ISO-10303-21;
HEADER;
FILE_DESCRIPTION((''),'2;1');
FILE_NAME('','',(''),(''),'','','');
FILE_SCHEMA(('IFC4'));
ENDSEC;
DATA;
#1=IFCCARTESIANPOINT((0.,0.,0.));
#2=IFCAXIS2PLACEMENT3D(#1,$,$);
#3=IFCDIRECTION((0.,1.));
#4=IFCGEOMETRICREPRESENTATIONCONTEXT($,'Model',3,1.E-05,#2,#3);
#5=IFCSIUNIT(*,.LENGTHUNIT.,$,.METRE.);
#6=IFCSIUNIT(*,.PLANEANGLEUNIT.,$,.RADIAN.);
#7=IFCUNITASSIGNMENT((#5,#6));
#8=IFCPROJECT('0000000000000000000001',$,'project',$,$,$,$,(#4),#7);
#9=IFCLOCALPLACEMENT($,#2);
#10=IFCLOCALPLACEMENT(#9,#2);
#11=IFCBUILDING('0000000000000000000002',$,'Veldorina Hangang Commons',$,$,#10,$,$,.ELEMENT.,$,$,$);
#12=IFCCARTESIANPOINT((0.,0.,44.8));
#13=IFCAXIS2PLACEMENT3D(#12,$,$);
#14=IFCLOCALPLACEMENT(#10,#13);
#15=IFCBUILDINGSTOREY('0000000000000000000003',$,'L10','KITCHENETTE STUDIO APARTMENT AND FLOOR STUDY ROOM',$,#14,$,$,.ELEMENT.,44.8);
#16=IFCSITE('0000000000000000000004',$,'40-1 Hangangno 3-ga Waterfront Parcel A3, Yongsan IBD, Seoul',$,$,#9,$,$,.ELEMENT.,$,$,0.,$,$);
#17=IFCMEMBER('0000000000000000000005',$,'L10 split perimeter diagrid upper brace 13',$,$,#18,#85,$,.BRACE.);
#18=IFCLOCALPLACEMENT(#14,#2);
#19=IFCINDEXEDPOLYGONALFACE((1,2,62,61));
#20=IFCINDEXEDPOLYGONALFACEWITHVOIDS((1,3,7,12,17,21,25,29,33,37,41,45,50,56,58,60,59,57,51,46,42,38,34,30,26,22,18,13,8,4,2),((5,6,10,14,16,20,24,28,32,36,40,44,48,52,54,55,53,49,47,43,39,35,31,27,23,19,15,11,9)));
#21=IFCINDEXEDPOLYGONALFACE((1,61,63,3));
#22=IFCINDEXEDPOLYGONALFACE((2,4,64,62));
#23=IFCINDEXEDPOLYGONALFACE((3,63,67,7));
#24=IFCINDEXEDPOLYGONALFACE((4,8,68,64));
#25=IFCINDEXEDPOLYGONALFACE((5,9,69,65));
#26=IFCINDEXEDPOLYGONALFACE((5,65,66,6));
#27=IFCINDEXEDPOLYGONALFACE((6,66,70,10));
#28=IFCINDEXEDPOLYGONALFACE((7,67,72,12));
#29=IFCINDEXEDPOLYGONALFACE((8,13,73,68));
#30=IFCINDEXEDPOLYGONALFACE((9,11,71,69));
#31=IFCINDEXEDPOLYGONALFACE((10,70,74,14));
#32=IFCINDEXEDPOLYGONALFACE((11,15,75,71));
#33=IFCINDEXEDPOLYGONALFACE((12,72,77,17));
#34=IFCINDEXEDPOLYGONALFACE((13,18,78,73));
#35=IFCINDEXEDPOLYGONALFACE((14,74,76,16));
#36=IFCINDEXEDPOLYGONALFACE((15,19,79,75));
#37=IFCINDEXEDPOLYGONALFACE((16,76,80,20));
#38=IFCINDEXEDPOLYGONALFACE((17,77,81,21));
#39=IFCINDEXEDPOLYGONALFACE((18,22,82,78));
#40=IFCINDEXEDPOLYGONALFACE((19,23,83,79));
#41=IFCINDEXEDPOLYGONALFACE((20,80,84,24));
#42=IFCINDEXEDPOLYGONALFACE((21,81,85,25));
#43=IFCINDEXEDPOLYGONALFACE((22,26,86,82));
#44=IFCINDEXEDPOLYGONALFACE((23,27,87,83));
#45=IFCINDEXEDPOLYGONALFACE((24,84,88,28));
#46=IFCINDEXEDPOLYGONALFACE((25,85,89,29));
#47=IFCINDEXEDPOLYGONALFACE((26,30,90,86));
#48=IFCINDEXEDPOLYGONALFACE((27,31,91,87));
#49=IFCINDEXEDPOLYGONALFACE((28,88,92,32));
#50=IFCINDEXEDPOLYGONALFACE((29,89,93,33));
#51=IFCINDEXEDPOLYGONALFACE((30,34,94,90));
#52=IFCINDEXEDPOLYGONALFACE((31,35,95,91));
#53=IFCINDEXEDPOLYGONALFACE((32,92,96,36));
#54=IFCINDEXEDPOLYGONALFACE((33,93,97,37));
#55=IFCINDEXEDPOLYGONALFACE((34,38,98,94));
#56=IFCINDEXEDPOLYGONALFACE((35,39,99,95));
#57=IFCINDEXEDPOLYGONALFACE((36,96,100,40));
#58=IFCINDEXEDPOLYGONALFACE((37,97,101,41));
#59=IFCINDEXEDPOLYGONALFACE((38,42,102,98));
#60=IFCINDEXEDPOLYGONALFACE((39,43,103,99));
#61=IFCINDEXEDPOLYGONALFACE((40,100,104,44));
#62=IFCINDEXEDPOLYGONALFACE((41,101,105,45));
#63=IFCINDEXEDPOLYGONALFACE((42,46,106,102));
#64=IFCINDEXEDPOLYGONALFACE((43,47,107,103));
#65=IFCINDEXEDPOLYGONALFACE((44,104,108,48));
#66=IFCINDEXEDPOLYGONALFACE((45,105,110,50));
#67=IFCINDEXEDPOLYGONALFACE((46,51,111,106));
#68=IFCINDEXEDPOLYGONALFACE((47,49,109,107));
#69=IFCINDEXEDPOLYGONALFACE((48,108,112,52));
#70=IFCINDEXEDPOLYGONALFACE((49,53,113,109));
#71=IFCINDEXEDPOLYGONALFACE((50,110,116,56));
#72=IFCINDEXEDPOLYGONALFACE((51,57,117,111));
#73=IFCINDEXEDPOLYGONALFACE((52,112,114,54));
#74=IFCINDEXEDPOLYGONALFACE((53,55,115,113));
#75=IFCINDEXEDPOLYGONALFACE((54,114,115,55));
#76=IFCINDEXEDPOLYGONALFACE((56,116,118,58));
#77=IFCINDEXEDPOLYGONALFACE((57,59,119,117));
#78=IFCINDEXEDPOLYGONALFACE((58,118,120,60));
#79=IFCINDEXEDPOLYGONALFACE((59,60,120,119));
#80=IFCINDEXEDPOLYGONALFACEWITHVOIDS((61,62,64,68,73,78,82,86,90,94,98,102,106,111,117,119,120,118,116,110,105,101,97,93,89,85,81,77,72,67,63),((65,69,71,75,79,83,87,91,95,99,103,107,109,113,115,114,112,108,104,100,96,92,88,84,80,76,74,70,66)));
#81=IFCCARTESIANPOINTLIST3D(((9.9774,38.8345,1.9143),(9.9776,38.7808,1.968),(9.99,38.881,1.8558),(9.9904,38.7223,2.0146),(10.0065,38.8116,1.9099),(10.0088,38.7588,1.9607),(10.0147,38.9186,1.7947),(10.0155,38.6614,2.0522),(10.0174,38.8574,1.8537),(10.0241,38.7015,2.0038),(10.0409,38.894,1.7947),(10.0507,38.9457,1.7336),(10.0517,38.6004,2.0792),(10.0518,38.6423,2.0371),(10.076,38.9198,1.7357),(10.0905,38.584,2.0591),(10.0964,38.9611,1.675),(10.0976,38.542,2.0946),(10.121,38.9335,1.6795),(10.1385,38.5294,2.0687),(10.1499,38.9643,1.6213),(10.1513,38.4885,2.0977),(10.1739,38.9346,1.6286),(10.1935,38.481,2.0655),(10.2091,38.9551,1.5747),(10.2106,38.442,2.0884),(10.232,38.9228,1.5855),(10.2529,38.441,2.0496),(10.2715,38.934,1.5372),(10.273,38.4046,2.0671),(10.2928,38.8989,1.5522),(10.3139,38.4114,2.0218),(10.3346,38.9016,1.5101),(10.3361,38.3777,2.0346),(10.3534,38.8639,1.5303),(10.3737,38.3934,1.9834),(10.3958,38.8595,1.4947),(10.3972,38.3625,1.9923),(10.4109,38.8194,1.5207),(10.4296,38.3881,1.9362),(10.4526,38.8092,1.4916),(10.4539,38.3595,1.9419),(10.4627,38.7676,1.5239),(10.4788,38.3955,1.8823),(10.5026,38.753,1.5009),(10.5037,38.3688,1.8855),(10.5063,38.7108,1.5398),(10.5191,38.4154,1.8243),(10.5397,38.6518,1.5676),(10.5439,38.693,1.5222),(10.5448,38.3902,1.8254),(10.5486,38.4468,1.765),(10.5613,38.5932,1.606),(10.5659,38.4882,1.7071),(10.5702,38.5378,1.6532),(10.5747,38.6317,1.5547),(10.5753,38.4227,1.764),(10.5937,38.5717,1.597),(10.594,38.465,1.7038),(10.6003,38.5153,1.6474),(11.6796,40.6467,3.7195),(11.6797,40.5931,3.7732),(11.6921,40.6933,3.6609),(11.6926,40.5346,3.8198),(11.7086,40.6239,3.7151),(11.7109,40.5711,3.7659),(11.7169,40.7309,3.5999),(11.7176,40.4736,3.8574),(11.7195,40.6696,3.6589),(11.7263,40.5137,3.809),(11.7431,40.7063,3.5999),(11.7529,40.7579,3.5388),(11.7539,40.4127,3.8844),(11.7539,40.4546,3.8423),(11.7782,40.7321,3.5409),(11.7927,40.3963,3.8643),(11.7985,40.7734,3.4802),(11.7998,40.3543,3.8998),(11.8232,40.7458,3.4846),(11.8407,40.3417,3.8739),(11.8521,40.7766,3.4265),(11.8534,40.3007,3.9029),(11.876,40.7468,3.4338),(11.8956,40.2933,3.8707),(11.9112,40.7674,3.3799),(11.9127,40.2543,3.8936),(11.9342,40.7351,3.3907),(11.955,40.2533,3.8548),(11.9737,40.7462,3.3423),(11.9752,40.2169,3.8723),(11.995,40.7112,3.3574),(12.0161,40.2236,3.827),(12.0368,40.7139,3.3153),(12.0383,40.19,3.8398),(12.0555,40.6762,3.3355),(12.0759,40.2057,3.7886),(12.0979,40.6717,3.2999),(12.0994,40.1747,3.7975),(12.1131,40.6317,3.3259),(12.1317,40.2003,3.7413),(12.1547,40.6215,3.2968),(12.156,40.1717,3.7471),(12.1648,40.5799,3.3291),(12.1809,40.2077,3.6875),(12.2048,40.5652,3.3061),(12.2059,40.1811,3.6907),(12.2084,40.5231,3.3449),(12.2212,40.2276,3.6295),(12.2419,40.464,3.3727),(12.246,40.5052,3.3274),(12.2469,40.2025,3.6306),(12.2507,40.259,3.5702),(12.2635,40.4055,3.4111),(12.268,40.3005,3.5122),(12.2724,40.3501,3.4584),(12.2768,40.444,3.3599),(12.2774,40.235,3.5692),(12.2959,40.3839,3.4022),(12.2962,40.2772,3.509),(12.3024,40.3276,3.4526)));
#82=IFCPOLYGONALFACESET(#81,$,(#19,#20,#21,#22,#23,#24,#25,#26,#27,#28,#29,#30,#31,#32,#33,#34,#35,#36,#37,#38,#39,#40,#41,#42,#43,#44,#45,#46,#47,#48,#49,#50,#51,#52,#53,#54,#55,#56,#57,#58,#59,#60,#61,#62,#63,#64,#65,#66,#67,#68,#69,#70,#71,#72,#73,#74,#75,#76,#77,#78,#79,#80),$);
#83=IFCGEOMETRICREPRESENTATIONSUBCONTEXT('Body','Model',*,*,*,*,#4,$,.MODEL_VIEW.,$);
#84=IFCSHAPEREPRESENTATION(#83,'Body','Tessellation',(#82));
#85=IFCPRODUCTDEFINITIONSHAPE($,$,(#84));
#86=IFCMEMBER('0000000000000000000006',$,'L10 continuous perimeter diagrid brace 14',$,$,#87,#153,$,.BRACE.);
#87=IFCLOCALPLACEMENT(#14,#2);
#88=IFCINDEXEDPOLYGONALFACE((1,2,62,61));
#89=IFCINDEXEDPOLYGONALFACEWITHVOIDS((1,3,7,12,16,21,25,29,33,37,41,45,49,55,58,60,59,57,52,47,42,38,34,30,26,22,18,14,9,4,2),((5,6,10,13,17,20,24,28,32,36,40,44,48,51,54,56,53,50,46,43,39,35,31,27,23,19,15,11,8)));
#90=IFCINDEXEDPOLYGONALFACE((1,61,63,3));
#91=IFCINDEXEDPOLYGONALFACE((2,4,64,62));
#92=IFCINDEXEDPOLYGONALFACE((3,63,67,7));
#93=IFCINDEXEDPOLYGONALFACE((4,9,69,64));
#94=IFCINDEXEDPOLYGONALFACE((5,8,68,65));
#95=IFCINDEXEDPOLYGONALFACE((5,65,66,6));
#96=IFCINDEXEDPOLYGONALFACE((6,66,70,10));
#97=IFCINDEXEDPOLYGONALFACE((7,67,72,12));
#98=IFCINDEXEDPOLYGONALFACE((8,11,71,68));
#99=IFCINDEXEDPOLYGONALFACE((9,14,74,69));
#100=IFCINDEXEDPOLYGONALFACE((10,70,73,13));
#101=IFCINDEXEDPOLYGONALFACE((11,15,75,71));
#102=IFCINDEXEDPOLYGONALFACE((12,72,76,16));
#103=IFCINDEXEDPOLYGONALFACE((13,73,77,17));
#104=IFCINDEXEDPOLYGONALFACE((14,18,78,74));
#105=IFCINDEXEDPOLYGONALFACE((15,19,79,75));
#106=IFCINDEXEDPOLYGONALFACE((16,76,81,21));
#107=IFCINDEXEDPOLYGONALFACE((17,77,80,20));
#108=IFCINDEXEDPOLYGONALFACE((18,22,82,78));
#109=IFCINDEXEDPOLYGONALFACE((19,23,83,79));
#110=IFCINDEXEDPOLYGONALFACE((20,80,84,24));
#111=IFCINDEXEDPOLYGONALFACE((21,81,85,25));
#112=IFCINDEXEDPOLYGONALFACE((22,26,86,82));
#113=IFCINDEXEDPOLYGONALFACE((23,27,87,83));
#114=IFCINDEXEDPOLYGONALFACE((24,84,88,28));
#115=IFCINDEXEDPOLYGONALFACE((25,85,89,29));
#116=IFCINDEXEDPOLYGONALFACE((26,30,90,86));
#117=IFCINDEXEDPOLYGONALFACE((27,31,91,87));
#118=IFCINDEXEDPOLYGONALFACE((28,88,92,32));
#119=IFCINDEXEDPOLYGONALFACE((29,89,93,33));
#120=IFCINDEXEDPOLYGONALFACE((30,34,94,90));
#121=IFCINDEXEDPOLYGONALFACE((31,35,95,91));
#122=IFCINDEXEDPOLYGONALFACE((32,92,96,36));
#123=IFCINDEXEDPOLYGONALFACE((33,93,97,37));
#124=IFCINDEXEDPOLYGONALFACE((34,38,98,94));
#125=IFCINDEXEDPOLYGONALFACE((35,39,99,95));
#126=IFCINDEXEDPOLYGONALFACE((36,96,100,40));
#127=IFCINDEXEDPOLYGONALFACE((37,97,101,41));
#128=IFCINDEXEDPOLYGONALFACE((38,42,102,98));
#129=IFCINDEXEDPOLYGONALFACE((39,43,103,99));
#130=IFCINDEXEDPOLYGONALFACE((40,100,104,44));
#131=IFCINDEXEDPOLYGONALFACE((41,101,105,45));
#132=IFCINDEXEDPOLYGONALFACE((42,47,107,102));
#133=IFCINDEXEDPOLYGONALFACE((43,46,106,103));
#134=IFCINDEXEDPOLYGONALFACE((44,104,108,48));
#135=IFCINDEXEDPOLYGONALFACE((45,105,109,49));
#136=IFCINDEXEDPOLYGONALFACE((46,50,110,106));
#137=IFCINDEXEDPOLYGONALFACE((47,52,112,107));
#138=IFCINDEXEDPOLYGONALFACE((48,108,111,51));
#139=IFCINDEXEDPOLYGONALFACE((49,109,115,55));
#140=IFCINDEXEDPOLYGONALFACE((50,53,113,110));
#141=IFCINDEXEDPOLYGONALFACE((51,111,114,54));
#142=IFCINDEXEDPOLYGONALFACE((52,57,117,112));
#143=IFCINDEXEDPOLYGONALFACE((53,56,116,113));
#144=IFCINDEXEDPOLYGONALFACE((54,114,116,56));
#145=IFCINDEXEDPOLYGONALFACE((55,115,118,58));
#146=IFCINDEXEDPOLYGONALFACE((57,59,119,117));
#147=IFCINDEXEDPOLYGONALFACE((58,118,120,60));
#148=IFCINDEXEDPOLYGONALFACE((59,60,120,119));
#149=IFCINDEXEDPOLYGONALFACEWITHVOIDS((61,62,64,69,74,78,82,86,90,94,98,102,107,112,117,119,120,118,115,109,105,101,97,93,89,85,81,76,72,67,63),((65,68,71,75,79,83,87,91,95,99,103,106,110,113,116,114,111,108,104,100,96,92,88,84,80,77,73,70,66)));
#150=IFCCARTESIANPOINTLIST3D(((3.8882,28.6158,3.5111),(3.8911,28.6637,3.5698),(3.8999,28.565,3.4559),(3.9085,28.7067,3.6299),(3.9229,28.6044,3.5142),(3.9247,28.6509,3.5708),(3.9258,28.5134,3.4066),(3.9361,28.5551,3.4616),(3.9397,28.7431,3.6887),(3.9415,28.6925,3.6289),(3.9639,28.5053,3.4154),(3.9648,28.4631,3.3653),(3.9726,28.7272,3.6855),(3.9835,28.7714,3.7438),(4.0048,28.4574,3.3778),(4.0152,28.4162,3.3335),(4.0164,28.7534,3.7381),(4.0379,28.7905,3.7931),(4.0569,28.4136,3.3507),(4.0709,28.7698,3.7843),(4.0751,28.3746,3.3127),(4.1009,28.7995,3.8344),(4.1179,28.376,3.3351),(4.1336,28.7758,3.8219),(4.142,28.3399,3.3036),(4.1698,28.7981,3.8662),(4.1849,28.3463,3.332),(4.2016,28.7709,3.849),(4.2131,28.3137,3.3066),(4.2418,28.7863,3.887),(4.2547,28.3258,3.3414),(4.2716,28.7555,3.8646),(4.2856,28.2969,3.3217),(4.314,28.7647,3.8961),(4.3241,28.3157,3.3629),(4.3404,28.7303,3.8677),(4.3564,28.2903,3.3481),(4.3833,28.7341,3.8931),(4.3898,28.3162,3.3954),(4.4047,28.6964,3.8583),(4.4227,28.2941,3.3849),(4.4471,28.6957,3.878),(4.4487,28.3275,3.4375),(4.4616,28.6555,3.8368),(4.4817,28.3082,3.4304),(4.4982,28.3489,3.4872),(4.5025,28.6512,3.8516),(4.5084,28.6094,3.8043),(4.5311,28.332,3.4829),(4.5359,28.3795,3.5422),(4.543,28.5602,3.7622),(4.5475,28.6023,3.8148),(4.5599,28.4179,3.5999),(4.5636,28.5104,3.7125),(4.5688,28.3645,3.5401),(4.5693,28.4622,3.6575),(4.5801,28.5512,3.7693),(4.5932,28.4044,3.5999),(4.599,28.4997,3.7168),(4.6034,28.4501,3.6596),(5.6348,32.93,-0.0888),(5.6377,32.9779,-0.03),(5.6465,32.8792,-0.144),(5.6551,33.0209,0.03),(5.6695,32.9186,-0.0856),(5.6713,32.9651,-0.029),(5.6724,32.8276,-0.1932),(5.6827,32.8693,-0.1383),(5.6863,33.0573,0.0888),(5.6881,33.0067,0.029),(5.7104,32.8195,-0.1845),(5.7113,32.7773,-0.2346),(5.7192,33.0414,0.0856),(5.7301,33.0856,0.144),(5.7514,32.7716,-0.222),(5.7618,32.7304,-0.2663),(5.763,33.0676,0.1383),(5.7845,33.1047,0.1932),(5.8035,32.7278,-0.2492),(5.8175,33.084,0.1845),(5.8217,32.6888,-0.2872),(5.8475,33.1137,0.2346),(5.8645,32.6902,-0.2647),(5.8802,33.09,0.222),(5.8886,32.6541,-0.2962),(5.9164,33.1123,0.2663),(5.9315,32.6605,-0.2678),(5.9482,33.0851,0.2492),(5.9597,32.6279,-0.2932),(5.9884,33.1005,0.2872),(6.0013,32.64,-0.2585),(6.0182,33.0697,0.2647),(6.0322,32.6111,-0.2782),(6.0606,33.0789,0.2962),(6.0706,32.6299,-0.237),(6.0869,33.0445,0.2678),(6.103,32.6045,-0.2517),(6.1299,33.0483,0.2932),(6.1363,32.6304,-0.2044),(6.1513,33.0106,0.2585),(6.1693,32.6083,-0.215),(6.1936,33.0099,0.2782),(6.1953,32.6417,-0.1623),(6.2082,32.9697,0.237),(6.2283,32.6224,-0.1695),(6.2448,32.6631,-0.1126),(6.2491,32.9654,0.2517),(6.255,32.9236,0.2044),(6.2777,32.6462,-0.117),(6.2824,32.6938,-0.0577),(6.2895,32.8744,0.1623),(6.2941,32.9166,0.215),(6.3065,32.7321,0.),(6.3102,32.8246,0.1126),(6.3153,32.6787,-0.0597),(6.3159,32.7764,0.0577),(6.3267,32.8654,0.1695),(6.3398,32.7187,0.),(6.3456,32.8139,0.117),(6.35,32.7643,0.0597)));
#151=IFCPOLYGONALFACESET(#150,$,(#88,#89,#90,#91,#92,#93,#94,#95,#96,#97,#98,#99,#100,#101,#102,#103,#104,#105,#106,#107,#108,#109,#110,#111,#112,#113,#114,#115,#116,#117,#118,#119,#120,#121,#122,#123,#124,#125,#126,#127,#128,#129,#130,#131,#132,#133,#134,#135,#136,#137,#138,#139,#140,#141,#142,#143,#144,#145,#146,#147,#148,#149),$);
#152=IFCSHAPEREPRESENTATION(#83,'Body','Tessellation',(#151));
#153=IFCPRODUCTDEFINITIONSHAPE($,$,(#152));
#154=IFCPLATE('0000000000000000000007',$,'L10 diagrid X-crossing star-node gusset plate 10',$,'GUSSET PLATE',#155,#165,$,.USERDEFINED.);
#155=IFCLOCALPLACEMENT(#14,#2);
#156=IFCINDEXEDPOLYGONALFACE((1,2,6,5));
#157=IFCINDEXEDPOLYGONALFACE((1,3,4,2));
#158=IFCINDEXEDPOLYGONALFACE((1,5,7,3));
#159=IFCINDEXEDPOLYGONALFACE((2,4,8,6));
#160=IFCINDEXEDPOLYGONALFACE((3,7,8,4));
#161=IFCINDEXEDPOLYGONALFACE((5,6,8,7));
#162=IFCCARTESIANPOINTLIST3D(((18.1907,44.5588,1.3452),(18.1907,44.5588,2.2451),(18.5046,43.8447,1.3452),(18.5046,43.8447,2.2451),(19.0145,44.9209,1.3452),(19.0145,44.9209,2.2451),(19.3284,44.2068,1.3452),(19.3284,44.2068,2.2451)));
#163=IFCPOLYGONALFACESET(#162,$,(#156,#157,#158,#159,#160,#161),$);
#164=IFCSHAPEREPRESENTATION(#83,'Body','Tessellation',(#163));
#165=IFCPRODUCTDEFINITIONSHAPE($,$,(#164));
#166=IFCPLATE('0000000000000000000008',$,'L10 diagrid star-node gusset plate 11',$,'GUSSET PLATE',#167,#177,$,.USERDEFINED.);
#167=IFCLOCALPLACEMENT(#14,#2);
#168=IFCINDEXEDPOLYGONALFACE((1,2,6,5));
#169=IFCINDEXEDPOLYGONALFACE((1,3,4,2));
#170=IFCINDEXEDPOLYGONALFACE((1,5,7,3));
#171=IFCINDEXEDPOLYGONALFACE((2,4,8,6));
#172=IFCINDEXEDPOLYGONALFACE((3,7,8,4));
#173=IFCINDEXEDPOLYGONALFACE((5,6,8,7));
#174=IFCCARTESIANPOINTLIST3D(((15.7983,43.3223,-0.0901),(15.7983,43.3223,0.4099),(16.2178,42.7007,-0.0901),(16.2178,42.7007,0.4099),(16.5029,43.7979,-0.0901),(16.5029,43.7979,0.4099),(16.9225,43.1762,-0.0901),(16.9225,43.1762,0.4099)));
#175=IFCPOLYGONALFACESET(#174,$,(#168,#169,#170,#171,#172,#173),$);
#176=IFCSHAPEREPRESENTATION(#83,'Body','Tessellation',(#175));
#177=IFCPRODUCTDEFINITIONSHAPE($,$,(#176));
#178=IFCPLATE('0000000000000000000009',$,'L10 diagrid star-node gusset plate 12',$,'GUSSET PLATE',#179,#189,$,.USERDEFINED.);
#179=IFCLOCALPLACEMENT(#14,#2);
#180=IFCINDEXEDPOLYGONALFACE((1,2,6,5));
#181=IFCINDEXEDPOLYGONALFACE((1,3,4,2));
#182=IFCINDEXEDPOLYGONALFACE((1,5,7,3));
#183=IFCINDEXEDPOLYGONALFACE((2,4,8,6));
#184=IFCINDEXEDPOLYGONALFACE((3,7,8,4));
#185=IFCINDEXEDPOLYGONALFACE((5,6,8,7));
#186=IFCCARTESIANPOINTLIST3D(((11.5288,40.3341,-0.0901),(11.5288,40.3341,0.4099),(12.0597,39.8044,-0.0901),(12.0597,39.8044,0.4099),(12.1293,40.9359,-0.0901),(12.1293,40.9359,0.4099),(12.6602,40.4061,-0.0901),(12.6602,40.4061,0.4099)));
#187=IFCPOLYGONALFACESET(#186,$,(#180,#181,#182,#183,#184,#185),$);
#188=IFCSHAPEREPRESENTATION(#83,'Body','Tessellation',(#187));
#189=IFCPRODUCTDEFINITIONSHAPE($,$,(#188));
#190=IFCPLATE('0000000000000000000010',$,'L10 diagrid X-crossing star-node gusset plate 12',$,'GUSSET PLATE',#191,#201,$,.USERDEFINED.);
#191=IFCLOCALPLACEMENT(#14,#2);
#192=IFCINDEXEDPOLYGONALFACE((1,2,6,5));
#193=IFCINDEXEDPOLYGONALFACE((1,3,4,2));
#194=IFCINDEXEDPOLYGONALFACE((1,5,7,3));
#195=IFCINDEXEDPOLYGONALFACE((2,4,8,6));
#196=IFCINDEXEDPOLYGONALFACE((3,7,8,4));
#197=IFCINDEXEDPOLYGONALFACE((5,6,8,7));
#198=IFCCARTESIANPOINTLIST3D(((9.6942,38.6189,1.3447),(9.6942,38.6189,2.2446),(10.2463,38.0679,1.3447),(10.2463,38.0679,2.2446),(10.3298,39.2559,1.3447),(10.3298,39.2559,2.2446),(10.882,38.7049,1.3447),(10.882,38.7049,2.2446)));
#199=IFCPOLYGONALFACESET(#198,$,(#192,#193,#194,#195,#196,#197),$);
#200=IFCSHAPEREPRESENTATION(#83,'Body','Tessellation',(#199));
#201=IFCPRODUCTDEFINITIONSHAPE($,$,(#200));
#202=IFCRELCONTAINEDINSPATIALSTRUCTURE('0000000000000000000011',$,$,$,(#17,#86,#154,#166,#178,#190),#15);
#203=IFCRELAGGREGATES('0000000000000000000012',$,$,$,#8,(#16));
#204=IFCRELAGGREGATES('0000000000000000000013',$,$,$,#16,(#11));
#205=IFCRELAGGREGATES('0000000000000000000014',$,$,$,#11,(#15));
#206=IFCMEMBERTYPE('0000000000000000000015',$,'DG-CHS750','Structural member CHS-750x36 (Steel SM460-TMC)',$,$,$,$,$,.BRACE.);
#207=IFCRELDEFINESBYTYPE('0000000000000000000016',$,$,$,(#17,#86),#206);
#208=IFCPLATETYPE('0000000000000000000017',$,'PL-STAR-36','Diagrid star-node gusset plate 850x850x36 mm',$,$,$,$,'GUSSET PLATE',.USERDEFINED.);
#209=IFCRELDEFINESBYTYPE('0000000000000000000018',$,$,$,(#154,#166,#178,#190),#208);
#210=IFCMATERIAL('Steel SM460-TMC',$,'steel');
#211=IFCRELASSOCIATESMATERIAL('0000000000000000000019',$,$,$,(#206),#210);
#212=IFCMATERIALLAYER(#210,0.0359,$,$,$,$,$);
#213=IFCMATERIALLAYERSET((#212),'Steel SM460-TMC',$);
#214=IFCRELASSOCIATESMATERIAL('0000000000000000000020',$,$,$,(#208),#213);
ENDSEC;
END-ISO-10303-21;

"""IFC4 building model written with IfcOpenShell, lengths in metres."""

from ifc_helpers import new_model, si_unit, direction, frame, origin, origin_2d, place, context, subcontext, project, spatial, rectangle, hollow_circle, extrude, material, layer, layer_set, material_profile, profile_set, type_object, element, save


model = new_model("IFC4")

# Units and contexts
model_context = context("Model", 3, precision=1e-05, world=origin(), true_north=direction((0.0, 1.0)))
body_context = subcontext(model_context, "Body", "Model", "MODEL_VIEW")
ifc_project = project(units=[si_unit("LENGTHUNIT", "METRE"), si_unit("PLANEANGLEUNIT", "RADIAN")], contexts=[model_context])

# Site, building, storey
site_placement = place(None, origin())
site = spatial("IfcSite", under=ifc_project, at=site_placement, Name="40-1 Hangangno 3-ga Waterfront Parcel A3, Yongsan IBD, Seoul", CompositionType="ELEMENT", RefElevation=0.0)
building_placement = place(site_placement, origin())
building = spatial("IfcBuilding", under=site, at=building_placement, Name="Veldorina Hangang Commons", CompositionType="ELEMENT")
storey_placement = place(building_placement, frame((0.0, 0.0, 44.8)))
storey = spatial("IfcBuildingStorey", under=building, at=storey_placement, Name="L10", Description="KITCHENETTE STUDIO APARTMENT AND FLOOR STUDY ROOM", CompositionType="ELEMENT", Elevation=44.8)

# Shared definitions
ifc_material_1 = material(Name="Steel SM460-TMC", Category="steel")

# Members
ifc_material_profile_1 = material_profile(ifc_material_1, hollow_circle(Radius=0.375, WallThickness=0.0359, at=origin_2d()), Name="CHS-750x36")
ifc_profile_set_1 = profile_set([ifc_material_profile_1], Name="Steel SM460-TMC")
member_type = type_object("IfcMemberType", Name="DG-CHS750", Description="Structural member CHS-750x36 (Steel SM460-TMC)", PredefinedType="BRACE", material=ifc_profile_set_1)
member_1_placement = place(storey_placement, frame((10.2881, 38.6619, 1.7947), z_axis=(0.553995, 0.589832, 0.587527), x_axis=(-0.728903, 0.684617, 0.0)))
element("IfcMember", 1, at=member_1_placement, inside=storey, type_object=member_type, Name="L10 split perimeter diagrid upper brace 13", PredefinedType="BRACE", context=body_context, shape_type="SweptSolid", body=[
    extrude(hollow_circle(Radius=0.375, WallThickness=0.0359, at=origin_2d()), origin(), (0.0, 0.0, 1.0), 3.0725),
])
member_2_placement = place(storey_placement, frame((5.9922, 32.8594, 0.0), z_axis=(-0.296834, -0.733206, 0.6118), x_axis=(0.92692, -0.375258, 0.0)))
element("IfcMember", 2, at=member_2_placement, inside=storey, type_object=member_type, Name="L10 continuous perimeter diagrid brace 14", PredefinedType="BRACE", context=body_context, shape_type="SweptSolid", body=[
    extrude(hollow_circle(Radius=0.375, WallThickness=0.0359, at=origin_2d()), origin(), (0.0, 0.0, 1.0), 5.884),
])

# Plates
ifc_layer_1 = layer(ifc_material_1, 0.0359)
ifc_layer_set_1 = layer_set([ifc_layer_1], Name="Steel SM460-TMC")
plate_type = type_object("IfcPlateType", Name="PL-STAR-36", Description="Diagrid star-node gusset plate 850x850x36 mm", ElementType="GUSSET PLATE", PredefinedType="USERDEFINED", material=ifc_layer_set_1)
plate_1_placement = place(storey_placement, frame((18.7595, 44.3828, 1.3452), z_axis=(0.0, 0.0, 1.0), x_axis=(-0.915459, -0.402411, 0.0)))
element("IfcPlate", 3, at=plate_1_placement, inside=storey, type_object=plate_type, Name="L10 diagrid X-crossing star-node gusset plate 10", ObjectType="GUSSET PLATE", PredefinedType="USERDEFINED", context=body_context, shape_type="SweptSolid", body=[
    extrude(rectangle(XDim=0.8999, YDim=0.78, at=origin_2d()), origin(), (0.0, 0.0, 1.0), 0.8999),
])
for number, where, z_axis, x_axis, name in (
    (4, (16.3604, 43.2493, -0.0901), (0.0, 0.0, 1.0), (-0.828881, -0.559424, 0.0), "L10 diagrid star-node gusset plate 11"),
    (5, (12.0945, 40.3701, -0.0901), (0.0, 0.0, 1.0), (-0.706366, -0.707847, 0.0), "L10 diagrid star-node gusset plate 12"),
):
    element("IfcPlate", number, at=place(storey_placement, frame(where, z_axis=z_axis, x_axis=x_axis)), inside=storey, type_object=plate_type, Name=name, ObjectType="GUSSET PLATE", PredefinedType="USERDEFINED", context=body_context, shape_type="SweptSolid", body=[
        extrude(rectangle(XDim=0.8501, YDim=0.75, at=origin_2d()), origin(), (0.0, 0.0, 1.0), 0.5),
    ])
plate_2_placement = place(storey_placement, frame((10.2881, 38.6619, 1.3447), z_axis=(0.0, 0.0, 1.0), x_axis=(-0.706366, -0.707847, 0.0)))
element("IfcPlate", 6, at=plate_2_placement, inside=storey, type_object=plate_type, Name="L10 diagrid X-crossing star-node gusset plate 12", ObjectType="GUSSET PLATE", PredefinedType="USERDEFINED", context=body_context, shape_type="SweptSolid", body=[
    extrude(rectangle(XDim=0.8999, YDim=0.78, at=origin_2d()), origin(), (0.0, 0.0, 1.0), 0.8999),
])

save(model, "model.ifc")
